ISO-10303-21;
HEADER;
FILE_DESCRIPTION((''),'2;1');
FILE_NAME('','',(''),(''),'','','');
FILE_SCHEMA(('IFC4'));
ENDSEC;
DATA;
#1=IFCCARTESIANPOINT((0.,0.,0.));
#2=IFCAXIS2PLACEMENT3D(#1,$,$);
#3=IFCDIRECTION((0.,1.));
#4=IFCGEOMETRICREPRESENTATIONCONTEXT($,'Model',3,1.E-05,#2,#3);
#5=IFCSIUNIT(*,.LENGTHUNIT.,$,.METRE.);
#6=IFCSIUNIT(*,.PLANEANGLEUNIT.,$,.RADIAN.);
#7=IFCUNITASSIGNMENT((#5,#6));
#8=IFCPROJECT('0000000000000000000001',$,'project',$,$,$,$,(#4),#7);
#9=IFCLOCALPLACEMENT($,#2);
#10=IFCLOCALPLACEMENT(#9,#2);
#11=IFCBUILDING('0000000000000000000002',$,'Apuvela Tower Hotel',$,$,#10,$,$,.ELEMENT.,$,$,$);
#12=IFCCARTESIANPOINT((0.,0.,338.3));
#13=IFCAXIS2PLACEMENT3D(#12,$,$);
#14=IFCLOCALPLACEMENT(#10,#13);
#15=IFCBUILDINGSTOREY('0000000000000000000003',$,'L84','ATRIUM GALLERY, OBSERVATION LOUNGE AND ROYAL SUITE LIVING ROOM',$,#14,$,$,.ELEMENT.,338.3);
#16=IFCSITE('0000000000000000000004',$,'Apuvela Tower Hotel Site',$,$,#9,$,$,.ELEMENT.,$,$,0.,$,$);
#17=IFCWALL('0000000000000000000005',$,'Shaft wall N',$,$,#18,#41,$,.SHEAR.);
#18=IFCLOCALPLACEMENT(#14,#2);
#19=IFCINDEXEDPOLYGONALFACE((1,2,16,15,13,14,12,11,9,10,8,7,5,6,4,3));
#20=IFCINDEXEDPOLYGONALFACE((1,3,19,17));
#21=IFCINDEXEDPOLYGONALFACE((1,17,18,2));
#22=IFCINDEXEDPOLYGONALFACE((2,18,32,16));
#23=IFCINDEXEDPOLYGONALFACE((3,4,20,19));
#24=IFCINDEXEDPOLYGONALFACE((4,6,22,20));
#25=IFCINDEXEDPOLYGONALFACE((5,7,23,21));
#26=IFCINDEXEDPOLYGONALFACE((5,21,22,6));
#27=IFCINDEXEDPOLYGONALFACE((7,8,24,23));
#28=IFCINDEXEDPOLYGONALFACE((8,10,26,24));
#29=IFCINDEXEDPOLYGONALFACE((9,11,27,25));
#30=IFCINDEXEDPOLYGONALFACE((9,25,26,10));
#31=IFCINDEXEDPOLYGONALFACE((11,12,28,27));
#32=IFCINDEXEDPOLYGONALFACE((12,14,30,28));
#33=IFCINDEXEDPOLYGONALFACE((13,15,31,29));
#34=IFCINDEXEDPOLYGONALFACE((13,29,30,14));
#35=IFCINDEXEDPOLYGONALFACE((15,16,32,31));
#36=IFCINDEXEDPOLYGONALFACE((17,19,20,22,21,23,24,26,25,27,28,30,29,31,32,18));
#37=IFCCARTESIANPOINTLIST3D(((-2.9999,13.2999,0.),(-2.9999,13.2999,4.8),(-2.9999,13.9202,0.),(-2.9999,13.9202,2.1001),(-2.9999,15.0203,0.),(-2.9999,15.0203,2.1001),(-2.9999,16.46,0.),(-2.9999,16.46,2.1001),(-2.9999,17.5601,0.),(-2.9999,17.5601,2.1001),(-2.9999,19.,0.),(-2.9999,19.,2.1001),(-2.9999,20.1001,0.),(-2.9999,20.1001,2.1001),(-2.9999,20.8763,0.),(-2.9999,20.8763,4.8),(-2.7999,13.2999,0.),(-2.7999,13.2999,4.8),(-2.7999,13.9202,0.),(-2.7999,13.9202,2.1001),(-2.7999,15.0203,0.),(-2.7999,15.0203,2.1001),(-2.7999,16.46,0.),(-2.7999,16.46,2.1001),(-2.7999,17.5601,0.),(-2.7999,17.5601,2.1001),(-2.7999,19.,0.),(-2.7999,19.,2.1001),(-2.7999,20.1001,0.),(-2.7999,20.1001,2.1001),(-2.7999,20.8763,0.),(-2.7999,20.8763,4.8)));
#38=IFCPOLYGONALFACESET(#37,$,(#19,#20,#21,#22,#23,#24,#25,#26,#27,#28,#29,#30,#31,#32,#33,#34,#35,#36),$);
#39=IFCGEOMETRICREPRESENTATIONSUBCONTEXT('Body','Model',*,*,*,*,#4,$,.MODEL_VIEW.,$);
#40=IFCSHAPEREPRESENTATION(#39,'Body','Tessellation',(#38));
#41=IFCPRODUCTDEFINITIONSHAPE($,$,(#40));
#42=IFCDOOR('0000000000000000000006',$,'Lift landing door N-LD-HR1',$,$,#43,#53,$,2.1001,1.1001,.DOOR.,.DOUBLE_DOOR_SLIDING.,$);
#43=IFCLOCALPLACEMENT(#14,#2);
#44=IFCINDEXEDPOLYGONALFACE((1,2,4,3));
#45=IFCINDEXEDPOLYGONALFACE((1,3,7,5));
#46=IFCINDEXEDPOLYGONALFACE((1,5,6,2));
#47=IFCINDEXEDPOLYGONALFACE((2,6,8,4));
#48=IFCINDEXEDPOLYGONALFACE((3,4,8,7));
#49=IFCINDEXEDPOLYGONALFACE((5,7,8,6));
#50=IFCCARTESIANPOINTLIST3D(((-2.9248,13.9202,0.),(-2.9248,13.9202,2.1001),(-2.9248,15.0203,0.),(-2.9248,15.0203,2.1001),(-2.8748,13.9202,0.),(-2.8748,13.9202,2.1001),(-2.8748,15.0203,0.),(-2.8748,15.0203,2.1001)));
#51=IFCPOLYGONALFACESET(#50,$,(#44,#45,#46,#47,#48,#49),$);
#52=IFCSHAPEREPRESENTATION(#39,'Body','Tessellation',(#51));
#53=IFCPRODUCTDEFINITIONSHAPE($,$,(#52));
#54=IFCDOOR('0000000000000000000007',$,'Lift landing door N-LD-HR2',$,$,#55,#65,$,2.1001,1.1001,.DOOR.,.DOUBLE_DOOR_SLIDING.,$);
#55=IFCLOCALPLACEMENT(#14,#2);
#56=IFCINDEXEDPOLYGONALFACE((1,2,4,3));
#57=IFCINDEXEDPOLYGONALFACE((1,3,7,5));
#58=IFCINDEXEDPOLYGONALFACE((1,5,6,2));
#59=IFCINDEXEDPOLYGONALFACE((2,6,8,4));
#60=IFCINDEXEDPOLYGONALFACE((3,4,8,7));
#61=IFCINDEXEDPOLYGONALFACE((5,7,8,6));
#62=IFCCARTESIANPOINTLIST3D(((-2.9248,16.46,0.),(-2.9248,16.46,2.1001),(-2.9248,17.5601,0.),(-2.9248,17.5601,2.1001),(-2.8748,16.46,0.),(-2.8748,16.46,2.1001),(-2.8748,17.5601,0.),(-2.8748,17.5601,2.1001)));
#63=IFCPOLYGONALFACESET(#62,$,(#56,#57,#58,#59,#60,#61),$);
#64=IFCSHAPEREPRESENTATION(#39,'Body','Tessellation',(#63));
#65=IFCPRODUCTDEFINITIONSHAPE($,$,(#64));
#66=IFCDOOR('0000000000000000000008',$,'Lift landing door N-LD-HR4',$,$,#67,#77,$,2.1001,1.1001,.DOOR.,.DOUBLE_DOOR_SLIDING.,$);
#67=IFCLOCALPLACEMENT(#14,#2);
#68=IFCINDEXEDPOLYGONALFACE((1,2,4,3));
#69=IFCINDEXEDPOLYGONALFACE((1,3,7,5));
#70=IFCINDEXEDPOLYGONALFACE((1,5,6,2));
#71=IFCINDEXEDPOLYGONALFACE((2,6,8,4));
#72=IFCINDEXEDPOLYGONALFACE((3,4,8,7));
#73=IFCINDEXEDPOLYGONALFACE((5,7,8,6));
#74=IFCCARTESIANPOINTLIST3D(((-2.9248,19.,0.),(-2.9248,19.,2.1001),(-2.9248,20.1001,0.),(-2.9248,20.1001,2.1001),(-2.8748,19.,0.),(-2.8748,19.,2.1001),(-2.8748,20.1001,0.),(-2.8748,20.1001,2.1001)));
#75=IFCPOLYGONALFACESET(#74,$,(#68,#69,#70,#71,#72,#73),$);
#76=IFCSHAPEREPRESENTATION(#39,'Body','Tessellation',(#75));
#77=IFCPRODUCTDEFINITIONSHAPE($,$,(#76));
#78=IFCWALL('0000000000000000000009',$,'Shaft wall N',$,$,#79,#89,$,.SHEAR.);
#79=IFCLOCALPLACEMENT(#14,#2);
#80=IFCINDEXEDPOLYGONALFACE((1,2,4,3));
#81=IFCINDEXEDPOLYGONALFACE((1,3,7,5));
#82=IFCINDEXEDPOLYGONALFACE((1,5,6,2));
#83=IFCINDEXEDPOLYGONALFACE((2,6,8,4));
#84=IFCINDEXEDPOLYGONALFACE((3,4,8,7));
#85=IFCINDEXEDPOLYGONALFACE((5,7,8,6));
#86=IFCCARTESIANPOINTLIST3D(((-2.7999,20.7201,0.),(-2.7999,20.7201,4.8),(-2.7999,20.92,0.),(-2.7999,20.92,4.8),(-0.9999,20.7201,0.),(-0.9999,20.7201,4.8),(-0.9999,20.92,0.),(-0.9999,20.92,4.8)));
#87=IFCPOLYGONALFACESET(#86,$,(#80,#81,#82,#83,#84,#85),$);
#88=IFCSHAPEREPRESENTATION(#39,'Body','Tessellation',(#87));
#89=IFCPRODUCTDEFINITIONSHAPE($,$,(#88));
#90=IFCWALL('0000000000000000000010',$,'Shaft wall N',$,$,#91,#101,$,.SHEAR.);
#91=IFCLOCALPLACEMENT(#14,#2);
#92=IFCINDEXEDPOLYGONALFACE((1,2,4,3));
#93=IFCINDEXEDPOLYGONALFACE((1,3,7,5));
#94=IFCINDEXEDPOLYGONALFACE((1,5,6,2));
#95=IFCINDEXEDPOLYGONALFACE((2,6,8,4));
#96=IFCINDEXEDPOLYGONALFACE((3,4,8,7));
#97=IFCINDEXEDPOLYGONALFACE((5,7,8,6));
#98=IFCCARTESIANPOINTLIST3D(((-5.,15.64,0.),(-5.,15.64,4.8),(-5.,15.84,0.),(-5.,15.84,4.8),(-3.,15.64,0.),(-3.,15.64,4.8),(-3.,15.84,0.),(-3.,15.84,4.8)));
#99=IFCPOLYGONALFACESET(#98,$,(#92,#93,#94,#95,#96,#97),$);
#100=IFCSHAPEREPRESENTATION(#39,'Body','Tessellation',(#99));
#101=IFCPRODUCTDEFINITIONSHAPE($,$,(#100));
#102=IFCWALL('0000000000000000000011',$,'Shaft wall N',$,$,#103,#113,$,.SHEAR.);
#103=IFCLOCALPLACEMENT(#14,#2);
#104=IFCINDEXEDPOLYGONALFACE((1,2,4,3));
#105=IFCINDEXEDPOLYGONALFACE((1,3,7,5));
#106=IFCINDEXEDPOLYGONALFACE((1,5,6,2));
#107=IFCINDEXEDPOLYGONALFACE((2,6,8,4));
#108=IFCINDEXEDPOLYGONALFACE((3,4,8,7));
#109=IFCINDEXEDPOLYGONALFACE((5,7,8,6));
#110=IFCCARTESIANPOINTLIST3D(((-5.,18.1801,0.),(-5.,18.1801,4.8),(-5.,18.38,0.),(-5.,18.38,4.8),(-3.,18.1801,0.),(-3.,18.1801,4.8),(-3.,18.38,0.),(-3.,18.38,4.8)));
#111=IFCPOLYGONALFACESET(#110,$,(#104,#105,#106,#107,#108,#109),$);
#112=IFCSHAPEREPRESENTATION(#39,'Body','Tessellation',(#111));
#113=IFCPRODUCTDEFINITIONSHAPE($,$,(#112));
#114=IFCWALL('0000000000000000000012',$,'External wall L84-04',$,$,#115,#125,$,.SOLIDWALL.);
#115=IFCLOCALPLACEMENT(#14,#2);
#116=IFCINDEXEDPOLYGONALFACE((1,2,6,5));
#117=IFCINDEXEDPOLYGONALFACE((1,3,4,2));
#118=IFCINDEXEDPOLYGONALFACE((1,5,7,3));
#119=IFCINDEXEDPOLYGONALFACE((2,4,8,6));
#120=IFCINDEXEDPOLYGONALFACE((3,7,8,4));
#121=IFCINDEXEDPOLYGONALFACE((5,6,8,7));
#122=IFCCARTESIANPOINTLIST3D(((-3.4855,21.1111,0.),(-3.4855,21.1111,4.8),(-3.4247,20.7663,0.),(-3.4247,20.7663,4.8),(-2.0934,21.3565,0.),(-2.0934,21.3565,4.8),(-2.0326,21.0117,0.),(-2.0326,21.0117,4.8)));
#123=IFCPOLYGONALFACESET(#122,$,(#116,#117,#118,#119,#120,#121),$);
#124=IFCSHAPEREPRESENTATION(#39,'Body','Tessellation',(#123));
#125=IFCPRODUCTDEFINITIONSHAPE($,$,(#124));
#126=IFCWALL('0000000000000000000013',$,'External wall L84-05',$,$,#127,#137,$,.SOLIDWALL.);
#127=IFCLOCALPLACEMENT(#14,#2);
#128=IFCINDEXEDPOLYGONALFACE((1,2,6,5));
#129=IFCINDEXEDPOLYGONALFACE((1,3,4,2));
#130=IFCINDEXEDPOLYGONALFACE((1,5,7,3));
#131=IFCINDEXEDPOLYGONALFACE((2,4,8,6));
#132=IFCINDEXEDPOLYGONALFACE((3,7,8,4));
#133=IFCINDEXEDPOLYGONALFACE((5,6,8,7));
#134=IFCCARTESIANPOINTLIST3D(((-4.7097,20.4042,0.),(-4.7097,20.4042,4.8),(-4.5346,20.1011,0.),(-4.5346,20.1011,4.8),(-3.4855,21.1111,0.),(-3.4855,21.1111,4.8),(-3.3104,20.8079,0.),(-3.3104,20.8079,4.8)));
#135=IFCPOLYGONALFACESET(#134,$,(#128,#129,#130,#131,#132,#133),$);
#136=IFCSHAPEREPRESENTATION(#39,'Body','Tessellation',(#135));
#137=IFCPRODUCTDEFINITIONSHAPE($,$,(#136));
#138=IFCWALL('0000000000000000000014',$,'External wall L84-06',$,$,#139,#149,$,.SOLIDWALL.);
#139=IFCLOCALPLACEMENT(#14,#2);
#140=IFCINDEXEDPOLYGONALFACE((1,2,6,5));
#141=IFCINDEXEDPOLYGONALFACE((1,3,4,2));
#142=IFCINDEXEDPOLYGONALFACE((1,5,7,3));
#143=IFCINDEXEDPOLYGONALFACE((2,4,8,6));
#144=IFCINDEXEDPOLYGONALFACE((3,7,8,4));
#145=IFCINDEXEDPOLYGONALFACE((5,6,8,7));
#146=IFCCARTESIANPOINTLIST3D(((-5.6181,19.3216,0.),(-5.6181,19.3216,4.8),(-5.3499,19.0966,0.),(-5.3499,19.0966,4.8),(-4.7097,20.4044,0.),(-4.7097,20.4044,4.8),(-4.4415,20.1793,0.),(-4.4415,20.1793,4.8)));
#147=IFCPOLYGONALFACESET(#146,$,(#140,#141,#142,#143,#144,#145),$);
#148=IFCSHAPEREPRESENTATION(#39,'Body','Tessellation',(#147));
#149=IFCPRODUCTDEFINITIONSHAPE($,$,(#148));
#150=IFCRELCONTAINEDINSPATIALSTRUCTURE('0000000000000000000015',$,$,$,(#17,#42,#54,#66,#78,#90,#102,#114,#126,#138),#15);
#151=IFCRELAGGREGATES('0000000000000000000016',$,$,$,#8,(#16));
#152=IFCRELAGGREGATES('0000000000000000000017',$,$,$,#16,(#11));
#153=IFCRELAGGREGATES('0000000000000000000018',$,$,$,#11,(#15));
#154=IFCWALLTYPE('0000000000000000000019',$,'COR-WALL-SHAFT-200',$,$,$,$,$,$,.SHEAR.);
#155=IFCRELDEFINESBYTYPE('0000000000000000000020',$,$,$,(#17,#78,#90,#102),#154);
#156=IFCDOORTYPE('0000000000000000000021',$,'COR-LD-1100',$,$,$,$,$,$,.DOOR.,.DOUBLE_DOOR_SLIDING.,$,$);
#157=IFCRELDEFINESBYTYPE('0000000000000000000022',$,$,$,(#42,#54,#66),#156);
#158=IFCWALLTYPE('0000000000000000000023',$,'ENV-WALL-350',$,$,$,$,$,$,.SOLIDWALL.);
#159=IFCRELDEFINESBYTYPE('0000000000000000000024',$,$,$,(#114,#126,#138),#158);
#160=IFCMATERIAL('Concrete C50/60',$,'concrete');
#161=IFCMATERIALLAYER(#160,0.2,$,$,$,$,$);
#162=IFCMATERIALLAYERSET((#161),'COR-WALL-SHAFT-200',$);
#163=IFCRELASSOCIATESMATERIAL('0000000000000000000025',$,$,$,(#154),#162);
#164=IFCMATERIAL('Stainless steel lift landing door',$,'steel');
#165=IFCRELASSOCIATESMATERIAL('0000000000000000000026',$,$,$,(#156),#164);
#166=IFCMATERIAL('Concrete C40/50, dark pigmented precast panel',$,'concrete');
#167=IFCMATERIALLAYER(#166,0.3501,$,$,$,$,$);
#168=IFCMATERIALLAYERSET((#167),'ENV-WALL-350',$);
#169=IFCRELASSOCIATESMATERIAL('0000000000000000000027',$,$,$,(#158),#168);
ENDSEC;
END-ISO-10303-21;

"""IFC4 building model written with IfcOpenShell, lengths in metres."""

from ifc_helpers import new_model, si_unit, direction, frame, frame_2d, origin, place, context, subcontext, project, spatial, rectangle, extrude, material, layer, layer_set, type_object, element, fill, save


model = new_model("IFC4")

# Units and contexts
model_context = context("Model", 3, precision=1e-05, world=origin(), true_north=direction((0.0, 1.0)))
body_context = subcontext(model_context, "Body", "Model", "MODEL_VIEW")
ifc_project = project(units=[si_unit("LENGTHUNIT", "METRE"), si_unit("PLANEANGLEUNIT", "RADIAN")], contexts=[model_context])

# Site, building, storey
site_placement = place(None, origin())
site = spatial("IfcSite", under=ifc_project, at=site_placement, Name="Apuvela Tower Hotel Site", CompositionType="ELEMENT", RefElevation=0.0)
building_placement = place(site_placement, origin())
building = spatial("IfcBuilding", under=site, at=building_placement, Name="Apuvela Tower Hotel", CompositionType="ELEMENT")
storey_placement = place(building_placement, frame((0.0, 0.0, 338.3)))
storey = spatial("IfcBuildingStorey", under=building, at=storey_placement, Name="L84", Description="ATRIUM GALLERY, OBSERVATION LOUNGE AND ROYAL SUITE LIVING ROOM", CompositionType="ELEMENT", Elevation=338.3)

# Shared definitions
ifc_material_1 = material(Name="Concrete C50/60", Category="concrete")
ifc_layer_1 = layer(ifc_material_1, 0.2)
ifc_layer_set_1 = layer_set([ifc_layer_1], Name="COR-WALL-SHAFT-200")
wall_type_1 = type_object("IfcWallType", Name="COR-WALL-SHAFT-200", PredefinedType="SHEAR", material=ifc_layer_set_1)

# Wall, openings, doors
wall_1_placement = place(storey_placement, frame((-2.8999, 13.3, 0.0), z_axis=(0.0, 0.0, 1.0), x_axis=(0.0, 1.0, 0.0)))
wall_1 = element("IfcWall", 1, at=wall_1_placement, inside=storey, type_object=wall_type_1, Name="Shaft wall N", PredefinedType="SHEAR", context=body_context, shape_type="SweptSolid", body=[
    extrude(rectangle(XDim=7.5764, YDim=0.2, at=frame_2d((3.7881, 0.0))), origin(), (0.0, 0.0, 1.0), 4.8),
])
opening_1_placement = place(wall_1_placement, frame((0.6201, 0.0, 0.0)))
opening_1 = element("IfcOpeningElement", 2, at=opening_1_placement, cuts=wall_1, PredefinedType="OPENING", context=body_context, shape_type="SweptSolid", body=[
    extrude(rectangle(XDim=1.1001, YDim=2.1001, at=frame_2d((0.55, 1.05))), frame((0.0, 0.1099, 0.0), z_axis=(0.0, -1.0, 0.0), x_axis=(1.0, 0.0, 0.0)), (0.0, 0.0, 1.0), 0.22),
])
opening_2_placement = place(wall_1_placement, frame((3.1599, 0.0, 0.0)))
opening_2 = element("IfcOpeningElement", 3, at=opening_2_placement, cuts=wall_1, PredefinedType="OPENING", context=body_context, shape_type="SweptSolid", body=[
    extrude(rectangle(XDim=1.1001, YDim=2.1001, at=frame_2d((0.55, 1.05))), frame((0.0, 0.1099, 0.0), z_axis=(0.0, -1.0, 0.0), x_axis=(1.0, 0.0, 0.0)), (0.0, 0.0, 1.0), 0.22),
])
opening_3_placement = place(wall_1_placement, frame((5.7, 0.0, 0.0)))
opening_3 = element("IfcOpeningElement", 4, at=opening_3_placement, cuts=wall_1, PredefinedType="OPENING", context=body_context, shape_type="SweptSolid", body=[
    extrude(rectangle(XDim=1.1001, YDim=2.1001, at=frame_2d((0.55, 1.05))), frame((0.0, 0.1099, 0.0), z_axis=(0.0, -1.0, 0.0), x_axis=(1.0, 0.0, 0.0)), (0.0, 0.0, 1.0), 0.22),
])
ifc_material_2 = material(Name="Stainless steel lift landing door", Category="steel")
door_type_1 = type_object("IfcDoorType", Name="COR-LD-1100", OperationType="DOUBLE_DOOR_SLIDING", PredefinedType="DOOR", material=ifc_material_2)
door_1_placement = place(opening_1_placement, origin())
door_1 = element("IfcDoor", 5, at=door_1_placement, inside=storey, type_object=door_type_1, Name="Lift landing door N-LD-HR1", OperationType="DOUBLE_DOOR_SLIDING", OverallHeight=2.1001, OverallWidth=1.1001, PredefinedType="DOOR", context=body_context, shape_type="SweptSolid", body=[
    extrude(rectangle(XDim=1.1001, YDim=2.1001, at=frame_2d((0.55, 1.05))), frame((0.0, 0.0249, 0.0), z_axis=(0.0, -1.0, 0.0), x_axis=(1.0, 0.0, 0.0)), (0.0, 0.0, 1.0), 0.05),
])
fill(opening_1, door_1)
door_2_placement = place(opening_2_placement, origin())
door_2 = element("IfcDoor", 6, at=door_2_placement, inside=storey, type_object=door_type_1, Name="Lift landing door N-LD-HR2", OperationType="DOUBLE_DOOR_SLIDING", OverallHeight=2.1001, OverallWidth=1.1001, PredefinedType="DOOR", context=body_context, shape_type="SweptSolid", body=[
    extrude(rectangle(XDim=1.1001, YDim=2.1001, at=frame_2d((0.55, 1.05))), frame((0.0, 0.0249, 0.0), z_axis=(0.0, -1.0, 0.0), x_axis=(1.0, 0.0, 0.0)), (0.0, 0.0, 1.0), 0.05),
])
fill(opening_2, door_2)
door_3_placement = place(opening_3_placement, origin())
door_3 = element("IfcDoor", 7, at=door_3_placement, inside=storey, type_object=door_type_1, Name="Lift landing door N-LD-HR4", OperationType="DOUBLE_DOOR_SLIDING", OverallHeight=2.1001, OverallWidth=1.1001, PredefinedType="DOOR", context=body_context, shape_type="SweptSolid", body=[
    extrude(rectangle(XDim=1.1001, YDim=2.1001, at=frame_2d((0.55, 1.05))), frame((0.0, 0.0249, 0.0), z_axis=(0.0, -1.0, 0.0), x_axis=(1.0, 0.0, 0.0)), (0.0, 0.0, 1.0), 0.05),
])
fill(opening_3, door_3)

# Walls
wall_2_placement = place(storey_placement, frame((-1.0, 20.8201, 0.0), z_axis=(0.0, 0.0, 1.0), x_axis=(-1.0, 0.0, 0.0)))
element("IfcWall", 8, at=wall_2_placement, inside=storey, type_object=wall_type_1, Name="Shaft wall N", PredefinedType="SHEAR", context=body_context, shape_type="SweptSolid", body=[
    extrude(rectangle(XDim=1.8, YDim=0.2, at=frame_2d((0.8999, 0.0))), origin(), (0.0, 0.0, 1.0), 4.8),
])
for number, where, z_axis, x_axis, name in (
    (9, (-3.0, 15.74, 0.0), (0.0, 0.0, 1.0), (-1.0, 0.0, 0.0), "Shaft wall N"),
    (10, (-3.0, 18.28, 0.0), (0.0, 0.0, 1.0), (-1.0, 0.0, 0.0), "Shaft wall N"),
):
    element("IfcWall", number, at=place(storey_placement, frame(where, z_axis=z_axis, x_axis=x_axis)), inside=storey, type_object=wall_type_1, Name=name, PredefinedType="SHEAR", context=body_context, shape_type="SweptSolid", body=[
        extrude(rectangle(XDim=2.0, YDim=0.2, at=frame_2d((1.0, 0.0))), origin(), (0.0, 0.0, 1.0), 4.8),
    ])
ifc_material_3 = material(Name="Concrete C40/50, dark pigmented precast panel", Category="concrete")
ifc_layer_2 = layer(ifc_material_3, 0.3501)
ifc_layer_set_2 = layer_set([ifc_layer_2], Name="ENV-WALL-350")
wall_type_2 = type_object("IfcWallType", Name="ENV-WALL-350", PredefinedType="SOLIDWALL", material=ifc_layer_set_2)
for number, where, z_axis, x_axis, name in (
    (11, (-2.063, 21.1841, 0.0), (0.0, 0.0, 1.0), (-0.98482, -0.173578, 0.0), "External wall L84-04"),
    (12, (-3.3979, 20.9595, 0.0), (0.0, 0.0, 1.0), (-0.866013, -0.500021, 0.0), "External wall L84-05"),
):
    element("IfcWall", number, at=place(storey_placement, frame(where, z_axis=z_axis, x_axis=x_axis)), inside=storey, type_object=wall_type_2, Name=name, PredefinedType="SOLIDWALL", context=body_context, shape_type="SweptSolid", body=[
        extrude(rectangle(XDim=1.4136, YDim=0.3501, at=frame_2d((0.7068, 0.0))), origin(), (0.0, 0.0, 1.0), 4.8),
    ])
wall_3_placement = place(storey_placement, frame((-4.5757, 20.2917, 0.0), z_axis=(0.0, 0.0, 1.0), x_axis=(-0.642746, -0.766079, 0.0)))
element("IfcWall", 13, at=wall_3_placement, inside=storey, type_object=wall_type_2, Name="External wall L84-06", PredefinedType="SOLIDWALL", context=body_context, shape_type="SweptSolid", body=[
    extrude(rectangle(XDim=1.4133, YDim=0.3501, at=frame_2d((0.7065, 0.0))), origin(), (0.0, 0.0, 1.0), 4.8),
])

save(model, "model.ifc")
